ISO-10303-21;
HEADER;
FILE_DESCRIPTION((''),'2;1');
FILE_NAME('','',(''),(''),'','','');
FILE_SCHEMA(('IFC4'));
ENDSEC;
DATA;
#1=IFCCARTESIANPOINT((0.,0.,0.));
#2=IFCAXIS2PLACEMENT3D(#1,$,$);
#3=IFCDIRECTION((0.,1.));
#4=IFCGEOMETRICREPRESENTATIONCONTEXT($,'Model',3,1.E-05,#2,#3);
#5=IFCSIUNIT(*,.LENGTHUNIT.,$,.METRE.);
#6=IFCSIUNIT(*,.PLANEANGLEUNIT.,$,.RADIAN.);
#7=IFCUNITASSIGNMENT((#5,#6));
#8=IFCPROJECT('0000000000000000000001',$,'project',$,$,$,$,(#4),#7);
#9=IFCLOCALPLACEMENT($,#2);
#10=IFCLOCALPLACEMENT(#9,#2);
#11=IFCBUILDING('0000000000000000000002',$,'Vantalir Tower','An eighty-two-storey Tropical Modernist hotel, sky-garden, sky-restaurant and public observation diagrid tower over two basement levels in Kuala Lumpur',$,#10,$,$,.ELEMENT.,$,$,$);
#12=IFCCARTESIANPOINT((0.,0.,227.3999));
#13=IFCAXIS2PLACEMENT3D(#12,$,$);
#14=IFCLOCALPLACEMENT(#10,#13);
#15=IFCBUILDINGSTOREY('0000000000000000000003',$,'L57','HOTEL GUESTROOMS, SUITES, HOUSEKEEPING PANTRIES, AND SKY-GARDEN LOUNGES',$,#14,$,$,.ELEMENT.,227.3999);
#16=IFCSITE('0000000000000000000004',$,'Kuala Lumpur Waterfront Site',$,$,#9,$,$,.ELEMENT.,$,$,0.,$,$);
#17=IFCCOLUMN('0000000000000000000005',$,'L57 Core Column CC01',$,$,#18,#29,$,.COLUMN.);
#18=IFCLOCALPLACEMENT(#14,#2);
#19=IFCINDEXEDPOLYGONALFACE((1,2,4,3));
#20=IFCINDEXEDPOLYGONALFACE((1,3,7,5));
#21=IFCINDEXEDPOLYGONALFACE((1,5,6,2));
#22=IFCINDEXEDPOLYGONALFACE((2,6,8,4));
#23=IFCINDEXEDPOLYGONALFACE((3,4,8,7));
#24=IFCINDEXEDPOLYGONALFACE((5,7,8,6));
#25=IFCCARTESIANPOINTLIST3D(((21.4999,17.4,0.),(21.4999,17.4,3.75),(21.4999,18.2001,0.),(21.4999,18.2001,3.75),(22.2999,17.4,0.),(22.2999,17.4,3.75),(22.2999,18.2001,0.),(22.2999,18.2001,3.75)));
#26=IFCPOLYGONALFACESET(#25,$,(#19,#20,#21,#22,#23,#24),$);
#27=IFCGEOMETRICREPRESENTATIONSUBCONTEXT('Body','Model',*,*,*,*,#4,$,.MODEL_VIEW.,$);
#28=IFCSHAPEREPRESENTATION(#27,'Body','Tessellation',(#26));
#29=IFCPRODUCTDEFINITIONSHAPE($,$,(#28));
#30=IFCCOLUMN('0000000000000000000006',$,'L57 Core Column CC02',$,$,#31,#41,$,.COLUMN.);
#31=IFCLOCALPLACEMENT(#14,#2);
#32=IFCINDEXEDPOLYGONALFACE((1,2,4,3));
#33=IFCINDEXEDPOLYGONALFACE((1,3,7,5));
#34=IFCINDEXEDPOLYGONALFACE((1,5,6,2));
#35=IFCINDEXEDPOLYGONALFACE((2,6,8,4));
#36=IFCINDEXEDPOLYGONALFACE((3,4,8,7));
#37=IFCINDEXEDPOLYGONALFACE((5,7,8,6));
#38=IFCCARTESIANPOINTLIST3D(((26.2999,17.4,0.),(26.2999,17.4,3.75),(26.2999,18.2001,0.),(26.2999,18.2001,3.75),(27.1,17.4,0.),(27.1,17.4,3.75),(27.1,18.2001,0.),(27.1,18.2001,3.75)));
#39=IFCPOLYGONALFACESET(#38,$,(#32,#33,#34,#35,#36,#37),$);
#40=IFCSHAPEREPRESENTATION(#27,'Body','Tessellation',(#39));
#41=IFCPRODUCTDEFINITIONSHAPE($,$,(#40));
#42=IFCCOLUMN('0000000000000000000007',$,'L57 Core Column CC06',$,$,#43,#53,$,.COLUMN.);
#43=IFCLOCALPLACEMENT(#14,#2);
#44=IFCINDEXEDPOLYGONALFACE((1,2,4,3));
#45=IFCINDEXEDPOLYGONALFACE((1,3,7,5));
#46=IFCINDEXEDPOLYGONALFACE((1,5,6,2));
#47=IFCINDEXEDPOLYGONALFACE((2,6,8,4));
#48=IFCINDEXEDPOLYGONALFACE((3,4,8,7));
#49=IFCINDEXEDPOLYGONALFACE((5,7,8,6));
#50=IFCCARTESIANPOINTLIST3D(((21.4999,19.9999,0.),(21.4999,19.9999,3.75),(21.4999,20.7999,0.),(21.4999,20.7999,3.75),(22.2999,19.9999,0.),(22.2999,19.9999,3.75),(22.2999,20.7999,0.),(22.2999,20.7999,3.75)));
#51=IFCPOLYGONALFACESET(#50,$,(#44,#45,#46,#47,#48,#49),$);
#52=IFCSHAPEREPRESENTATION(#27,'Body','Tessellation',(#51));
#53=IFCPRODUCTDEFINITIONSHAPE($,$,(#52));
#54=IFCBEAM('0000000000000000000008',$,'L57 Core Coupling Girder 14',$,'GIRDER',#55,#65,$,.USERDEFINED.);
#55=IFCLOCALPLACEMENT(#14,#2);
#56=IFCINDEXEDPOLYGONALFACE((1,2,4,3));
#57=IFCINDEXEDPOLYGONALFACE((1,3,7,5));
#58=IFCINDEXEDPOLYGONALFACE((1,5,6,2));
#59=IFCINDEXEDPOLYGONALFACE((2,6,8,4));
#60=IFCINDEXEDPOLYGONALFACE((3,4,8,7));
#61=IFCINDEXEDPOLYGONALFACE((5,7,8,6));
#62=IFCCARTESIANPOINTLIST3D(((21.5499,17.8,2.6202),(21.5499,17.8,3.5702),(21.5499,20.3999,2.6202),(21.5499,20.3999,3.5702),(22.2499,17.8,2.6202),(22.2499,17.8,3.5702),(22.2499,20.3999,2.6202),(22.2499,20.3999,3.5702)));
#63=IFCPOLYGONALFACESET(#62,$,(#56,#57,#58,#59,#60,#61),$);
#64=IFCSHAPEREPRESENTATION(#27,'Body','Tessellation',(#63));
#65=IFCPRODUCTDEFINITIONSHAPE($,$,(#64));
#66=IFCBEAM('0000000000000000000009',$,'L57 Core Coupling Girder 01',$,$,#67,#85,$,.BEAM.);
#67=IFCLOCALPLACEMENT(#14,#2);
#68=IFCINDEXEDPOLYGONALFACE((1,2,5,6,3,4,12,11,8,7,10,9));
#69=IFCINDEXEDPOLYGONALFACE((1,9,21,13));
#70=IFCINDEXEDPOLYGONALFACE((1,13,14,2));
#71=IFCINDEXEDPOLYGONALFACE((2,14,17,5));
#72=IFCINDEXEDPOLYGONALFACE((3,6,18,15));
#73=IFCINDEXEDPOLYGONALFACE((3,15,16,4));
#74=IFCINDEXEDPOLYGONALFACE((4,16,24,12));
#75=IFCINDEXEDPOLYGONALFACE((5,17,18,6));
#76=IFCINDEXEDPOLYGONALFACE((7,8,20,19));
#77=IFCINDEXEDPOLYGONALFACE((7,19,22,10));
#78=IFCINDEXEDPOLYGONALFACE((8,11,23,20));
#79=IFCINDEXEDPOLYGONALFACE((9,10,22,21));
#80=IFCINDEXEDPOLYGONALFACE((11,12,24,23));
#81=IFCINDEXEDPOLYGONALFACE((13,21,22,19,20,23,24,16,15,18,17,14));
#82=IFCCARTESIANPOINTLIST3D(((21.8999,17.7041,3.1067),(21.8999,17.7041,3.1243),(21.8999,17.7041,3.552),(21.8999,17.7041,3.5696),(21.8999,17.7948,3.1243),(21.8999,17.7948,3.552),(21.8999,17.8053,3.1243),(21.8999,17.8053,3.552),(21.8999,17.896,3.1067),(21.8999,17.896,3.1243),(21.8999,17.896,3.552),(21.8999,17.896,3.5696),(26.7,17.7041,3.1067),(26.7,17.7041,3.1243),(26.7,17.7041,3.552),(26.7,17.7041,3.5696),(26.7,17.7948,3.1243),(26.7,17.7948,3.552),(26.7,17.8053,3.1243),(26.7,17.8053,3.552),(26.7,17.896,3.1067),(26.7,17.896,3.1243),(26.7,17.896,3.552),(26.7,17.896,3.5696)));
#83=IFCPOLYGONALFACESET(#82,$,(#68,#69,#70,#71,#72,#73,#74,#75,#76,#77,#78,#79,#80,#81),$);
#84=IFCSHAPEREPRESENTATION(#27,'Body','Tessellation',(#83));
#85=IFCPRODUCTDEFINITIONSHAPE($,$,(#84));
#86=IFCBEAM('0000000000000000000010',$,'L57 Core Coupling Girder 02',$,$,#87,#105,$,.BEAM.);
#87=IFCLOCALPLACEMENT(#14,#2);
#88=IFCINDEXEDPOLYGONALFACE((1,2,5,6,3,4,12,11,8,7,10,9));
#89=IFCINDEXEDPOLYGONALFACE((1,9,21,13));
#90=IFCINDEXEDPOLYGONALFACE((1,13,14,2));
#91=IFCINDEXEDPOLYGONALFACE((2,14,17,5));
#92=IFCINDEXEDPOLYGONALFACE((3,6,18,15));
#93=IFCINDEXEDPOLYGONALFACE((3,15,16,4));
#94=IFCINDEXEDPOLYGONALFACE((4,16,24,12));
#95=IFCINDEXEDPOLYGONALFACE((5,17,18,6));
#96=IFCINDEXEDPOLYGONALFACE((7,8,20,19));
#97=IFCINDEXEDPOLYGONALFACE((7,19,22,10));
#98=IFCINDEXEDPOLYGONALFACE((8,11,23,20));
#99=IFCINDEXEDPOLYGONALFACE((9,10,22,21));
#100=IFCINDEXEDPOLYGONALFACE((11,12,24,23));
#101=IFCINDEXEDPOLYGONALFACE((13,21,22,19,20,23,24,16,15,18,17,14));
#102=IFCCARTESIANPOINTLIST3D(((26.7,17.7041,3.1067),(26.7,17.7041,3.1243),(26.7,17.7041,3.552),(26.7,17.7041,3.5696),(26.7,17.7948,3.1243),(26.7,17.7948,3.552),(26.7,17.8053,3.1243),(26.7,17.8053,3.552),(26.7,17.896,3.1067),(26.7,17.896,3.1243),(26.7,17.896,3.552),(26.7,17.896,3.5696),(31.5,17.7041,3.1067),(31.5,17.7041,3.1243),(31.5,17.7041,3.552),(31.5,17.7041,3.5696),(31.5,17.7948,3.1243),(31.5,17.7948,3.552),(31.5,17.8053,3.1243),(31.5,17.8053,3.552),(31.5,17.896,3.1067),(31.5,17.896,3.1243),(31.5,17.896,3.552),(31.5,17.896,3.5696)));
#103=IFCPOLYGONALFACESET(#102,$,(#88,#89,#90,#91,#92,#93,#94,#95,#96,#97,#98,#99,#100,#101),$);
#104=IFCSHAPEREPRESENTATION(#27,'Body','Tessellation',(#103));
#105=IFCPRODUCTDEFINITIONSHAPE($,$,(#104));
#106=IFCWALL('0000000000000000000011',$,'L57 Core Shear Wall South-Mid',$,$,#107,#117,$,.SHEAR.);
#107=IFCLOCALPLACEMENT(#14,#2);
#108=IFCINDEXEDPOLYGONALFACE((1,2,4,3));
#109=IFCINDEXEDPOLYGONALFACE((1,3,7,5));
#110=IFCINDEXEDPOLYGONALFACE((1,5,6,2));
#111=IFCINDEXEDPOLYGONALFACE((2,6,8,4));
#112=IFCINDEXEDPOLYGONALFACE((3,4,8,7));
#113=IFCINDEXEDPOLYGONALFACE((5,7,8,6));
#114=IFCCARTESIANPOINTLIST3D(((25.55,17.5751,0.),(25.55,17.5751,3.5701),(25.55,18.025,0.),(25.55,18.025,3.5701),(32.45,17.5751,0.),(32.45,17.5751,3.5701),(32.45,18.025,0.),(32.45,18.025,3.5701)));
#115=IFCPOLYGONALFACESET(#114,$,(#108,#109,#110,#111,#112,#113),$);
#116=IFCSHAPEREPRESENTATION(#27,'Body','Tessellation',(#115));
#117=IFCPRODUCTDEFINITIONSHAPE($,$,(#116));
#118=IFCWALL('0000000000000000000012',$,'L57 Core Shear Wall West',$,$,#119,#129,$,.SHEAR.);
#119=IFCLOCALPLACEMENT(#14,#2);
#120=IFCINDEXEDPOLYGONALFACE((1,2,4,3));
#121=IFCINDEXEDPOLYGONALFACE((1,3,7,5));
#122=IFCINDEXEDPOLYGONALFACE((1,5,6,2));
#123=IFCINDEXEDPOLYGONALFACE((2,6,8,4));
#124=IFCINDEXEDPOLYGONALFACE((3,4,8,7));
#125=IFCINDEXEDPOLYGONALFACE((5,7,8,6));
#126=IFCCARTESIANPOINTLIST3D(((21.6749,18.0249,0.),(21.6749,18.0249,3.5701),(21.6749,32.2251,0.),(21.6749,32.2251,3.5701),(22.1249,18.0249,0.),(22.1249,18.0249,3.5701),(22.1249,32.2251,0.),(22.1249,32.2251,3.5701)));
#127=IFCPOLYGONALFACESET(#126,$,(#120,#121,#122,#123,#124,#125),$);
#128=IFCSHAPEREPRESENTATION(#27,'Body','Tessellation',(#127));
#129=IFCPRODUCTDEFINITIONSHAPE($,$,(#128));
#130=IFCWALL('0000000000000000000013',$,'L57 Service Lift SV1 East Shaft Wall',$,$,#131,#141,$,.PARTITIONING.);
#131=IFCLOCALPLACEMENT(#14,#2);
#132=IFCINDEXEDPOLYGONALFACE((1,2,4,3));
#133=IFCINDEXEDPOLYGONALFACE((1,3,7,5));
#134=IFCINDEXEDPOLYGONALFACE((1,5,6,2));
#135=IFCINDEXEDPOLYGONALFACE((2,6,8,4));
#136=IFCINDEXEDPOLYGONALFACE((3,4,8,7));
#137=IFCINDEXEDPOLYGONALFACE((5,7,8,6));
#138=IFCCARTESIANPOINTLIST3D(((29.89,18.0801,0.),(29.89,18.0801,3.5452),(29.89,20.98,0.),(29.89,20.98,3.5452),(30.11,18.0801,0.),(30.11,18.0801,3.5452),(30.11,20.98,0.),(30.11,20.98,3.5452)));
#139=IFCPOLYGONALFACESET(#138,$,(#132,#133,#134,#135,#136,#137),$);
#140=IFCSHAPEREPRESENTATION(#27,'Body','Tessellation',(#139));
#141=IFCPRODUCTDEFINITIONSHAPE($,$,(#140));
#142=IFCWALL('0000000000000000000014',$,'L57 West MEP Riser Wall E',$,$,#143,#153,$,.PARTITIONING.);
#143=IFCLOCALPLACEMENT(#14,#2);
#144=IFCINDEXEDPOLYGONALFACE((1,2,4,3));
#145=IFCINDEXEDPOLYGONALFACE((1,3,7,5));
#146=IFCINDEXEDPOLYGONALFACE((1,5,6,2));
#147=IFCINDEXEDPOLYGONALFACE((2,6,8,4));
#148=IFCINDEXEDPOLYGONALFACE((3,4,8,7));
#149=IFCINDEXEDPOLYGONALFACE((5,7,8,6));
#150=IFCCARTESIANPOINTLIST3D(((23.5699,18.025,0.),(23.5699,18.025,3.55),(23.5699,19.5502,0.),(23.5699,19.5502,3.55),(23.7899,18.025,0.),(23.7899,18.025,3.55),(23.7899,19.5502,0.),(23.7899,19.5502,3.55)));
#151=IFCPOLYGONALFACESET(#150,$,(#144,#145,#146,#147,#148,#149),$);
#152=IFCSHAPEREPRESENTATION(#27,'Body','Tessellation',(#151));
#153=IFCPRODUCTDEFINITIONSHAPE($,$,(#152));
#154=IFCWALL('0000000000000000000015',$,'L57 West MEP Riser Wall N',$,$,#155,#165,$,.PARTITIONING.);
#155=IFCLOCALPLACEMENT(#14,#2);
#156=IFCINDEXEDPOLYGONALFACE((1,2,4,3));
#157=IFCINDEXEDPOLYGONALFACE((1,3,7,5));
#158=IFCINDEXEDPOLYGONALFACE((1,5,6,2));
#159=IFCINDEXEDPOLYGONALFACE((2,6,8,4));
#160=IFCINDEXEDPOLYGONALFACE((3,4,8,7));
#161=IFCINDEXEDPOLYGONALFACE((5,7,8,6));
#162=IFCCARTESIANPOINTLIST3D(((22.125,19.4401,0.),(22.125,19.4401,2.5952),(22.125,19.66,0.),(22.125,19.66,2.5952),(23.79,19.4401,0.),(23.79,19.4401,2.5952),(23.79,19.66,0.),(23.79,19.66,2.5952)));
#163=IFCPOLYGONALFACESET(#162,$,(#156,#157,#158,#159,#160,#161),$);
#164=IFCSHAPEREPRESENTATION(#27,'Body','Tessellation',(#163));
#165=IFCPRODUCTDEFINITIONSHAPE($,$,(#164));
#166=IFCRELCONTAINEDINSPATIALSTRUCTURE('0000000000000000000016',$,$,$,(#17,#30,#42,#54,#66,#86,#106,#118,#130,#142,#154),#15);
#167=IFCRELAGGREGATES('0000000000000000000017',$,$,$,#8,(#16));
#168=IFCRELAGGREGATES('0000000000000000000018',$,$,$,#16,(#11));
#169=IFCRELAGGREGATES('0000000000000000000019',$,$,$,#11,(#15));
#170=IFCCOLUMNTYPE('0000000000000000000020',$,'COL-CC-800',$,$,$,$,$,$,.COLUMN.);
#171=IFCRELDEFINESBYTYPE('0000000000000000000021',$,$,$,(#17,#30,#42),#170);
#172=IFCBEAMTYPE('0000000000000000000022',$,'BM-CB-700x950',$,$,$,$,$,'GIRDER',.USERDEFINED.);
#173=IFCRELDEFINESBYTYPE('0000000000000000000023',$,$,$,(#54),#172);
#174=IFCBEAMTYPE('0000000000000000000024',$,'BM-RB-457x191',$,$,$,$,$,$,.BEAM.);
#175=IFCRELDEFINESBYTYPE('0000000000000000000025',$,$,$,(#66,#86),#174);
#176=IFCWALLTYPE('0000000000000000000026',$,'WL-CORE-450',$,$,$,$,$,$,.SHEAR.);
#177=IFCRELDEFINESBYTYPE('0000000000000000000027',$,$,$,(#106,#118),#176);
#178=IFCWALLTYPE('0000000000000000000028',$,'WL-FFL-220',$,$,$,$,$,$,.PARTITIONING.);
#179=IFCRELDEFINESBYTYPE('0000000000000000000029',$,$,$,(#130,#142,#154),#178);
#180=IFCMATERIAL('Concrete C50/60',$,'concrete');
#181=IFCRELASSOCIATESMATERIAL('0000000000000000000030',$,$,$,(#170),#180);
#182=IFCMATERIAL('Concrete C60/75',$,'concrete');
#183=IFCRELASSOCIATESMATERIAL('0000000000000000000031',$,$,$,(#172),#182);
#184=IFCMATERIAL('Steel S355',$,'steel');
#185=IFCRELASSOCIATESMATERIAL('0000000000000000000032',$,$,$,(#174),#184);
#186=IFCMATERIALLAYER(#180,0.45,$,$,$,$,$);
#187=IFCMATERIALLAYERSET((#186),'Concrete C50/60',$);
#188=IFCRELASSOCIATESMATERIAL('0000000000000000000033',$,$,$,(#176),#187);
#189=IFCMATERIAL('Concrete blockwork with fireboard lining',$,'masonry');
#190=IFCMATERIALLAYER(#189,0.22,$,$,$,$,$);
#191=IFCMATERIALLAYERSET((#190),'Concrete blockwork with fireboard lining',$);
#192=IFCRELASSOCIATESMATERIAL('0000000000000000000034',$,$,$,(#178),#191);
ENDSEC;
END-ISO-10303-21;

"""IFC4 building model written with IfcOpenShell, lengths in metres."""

from ifc_helpers import new_model, si_unit, direction, frame, frame_2d, origin, origin_2d, place, context, subcontext, project, spatial, rectangle, i_section, extrude, material, layer, layer_set, material_profile, profile_set, type_object, element, save


model = new_model("IFC4")

# Units and contexts
model_context = context("Model", 3, precision=1e-05, world=origin(), true_north=direction((0.0, 1.0)))
body_context = subcontext(model_context, "Body", "Model", "MODEL_VIEW")
ifc_project = project(units=[si_unit("LENGTHUNIT", "METRE"), si_unit("PLANEANGLEUNIT", "RADIAN")], contexts=[model_context])

# Site, building, storey
site_placement = place(None, origin())
site = spatial("IfcSite", under=ifc_project, at=site_placement, Name="Kuala Lumpur Waterfront Site", CompositionType="ELEMENT", RefElevation=0.0)
building_placement = place(site_placement, origin())
building = spatial("IfcBuilding", under=site, at=building_placement, Name="Vantalir Tower", Description="An eighty-two-storey Tropical Modernist hotel, sky-garden, sky-restaurant and public observation diagrid tower over two basement levels in Kuala Lumpur", CompositionType="ELEMENT")
storey_placement = place(building_placement, frame((0.0, 0.0, 227.3999)))
storey = spatial("IfcBuildingStorey", under=building, at=storey_placement, Name="L57", Description="HOTEL GUESTROOMS, SUITES, HOUSEKEEPING PANTRIES, AND SKY-GARDEN LOUNGES", CompositionType="ELEMENT", Elevation=227.3999)

# Columns
ifc_material_1 = material(Name="Concrete C50/60", Category="concrete")
ifc_material_profile_1 = material_profile(ifc_material_1, rectangle(XDim=0.8, YDim=0.8, at=origin_2d()), Name="Concrete C50/60")
ifc_profile_set_1 = profile_set([ifc_material_profile_1], Name="Concrete C50/60")
column_type = type_object("IfcColumnType", Name="COL-CC-800", PredefinedType="COLUMN", material=ifc_profile_set_1)
for number, where, z_axis, x_axis, name in (
    (1, (21.8999, 17.8, 0.0), (0.0, 0.0, 1.0), (1.0, 0.0, 0.0), "L57 Core Column CC01"),
    (2, (26.7, 17.8, 0.0), (0.0, 0.0, 1.0), (1.0, 0.0, 0.0), "L57 Core Column CC02"),
    (3, (21.8999, 20.3999, 0.0), (0.0, 0.0, 1.0), (1.0, 0.0, 0.0), "L57 Core Column CC06"),
):
    element("IfcColumn", number, at=place(storey_placement, frame(where, z_axis=z_axis, x_axis=x_axis)), inside=storey, type_object=column_type, Name=name, PredefinedType="COLUMN", context=body_context, shape_type="SweptSolid", body=[
        extrude(rectangle(XDim=0.8, YDim=0.8, at=origin_2d()), origin(), (0.0, 0.0, 1.0), 3.75),
    ])

# Beams
ifc_material_2 = material(Name="Concrete C60/75", Category="concrete")
ifc_material_profile_2 = material_profile(ifc_material_2, rectangle(XDim=0.7, YDim=0.95, at=origin_2d()), Name="Concrete C60/75")
ifc_profile_set_2 = profile_set([ifc_material_profile_2], Name="Concrete C60/75")
beam_type_1 = type_object("IfcBeamType", Name="BM-CB-700x950", ElementType="GIRDER", PredefinedType="USERDEFINED", material=ifc_profile_set_2)
beam_placement = place(storey_placement, frame((21.8999, 20.3999, 3.0952), z_axis=(0.0, -1.0, 0.0), x_axis=(1.0, 0.0, 0.0)))
element("IfcBeam", 4, at=beam_placement, inside=storey, type_object=beam_type_1, Name="L57 Core Coupling Girder 14", ObjectType="GIRDER", PredefinedType="USERDEFINED", context=body_context, shape_type="SweptSolid", body=[
    extrude(rectangle(XDim=0.7, YDim=0.95, at=origin_2d()), origin(), (0.0, 0.0, 1.0), 2.5999),
])
ifc_material_3 = material(Name="Steel S355", Category="steel")
ifc_material_profile_3 = material_profile(ifc_material_3, i_section(OverallWidth=0.1919, OverallDepth=0.4629, WebThickness=0.0105, FlangeThickness=0.0176, at=origin_2d()), Name="Steel S355")
ifc_profile_set_3 = profile_set([ifc_material_profile_3], Name="Steel S355")
beam_type_2 = type_object("IfcBeamType", Name="BM-RB-457x191", PredefinedType="BEAM", material=ifc_profile_set_3)
for number, where, z_axis, x_axis, name in (
    (5, (21.8999, 17.8, 3.3381), (1.0, 0.0, 0.0), (0.0, 1.0, 0.0), "L57 Core Coupling Girder 01"),
    (6, (26.7, 17.8, 3.3381), (1.0, 0.0, 0.0), (0.0, 1.0, 0.0), "L57 Core Coupling Girder 02"),
):
    element("IfcBeam", number, at=place(storey_placement, frame(where, z_axis=z_axis, x_axis=x_axis)), inside=storey, type_object=beam_type_2, Name=name, PredefinedType="BEAM", context=body_context, shape_type="SweptSolid", body=[
        extrude(i_section(OverallWidth=0.1919, OverallDepth=0.4629, WebThickness=0.0105, FlangeThickness=0.0176, at=origin_2d()), origin(), (0.0, 0.0, 1.0), 4.8),
    ])

# Walls
ifc_layer_1 = layer(ifc_material_1, 0.45)
ifc_layer_set_1 = layer_set([ifc_layer_1], Name="Concrete C50/60")
wall_type_1 = type_object("IfcWallType", Name="WL-CORE-450", PredefinedType="SHEAR", material=ifc_layer_set_1)
wall_1_placement = place(storey_placement, frame((25.55, 17.8, 0.0), z_axis=(0.0, 0.0, 1.0), x_axis=(1.0, 0.0, 0.0)))
element("IfcWall", 7, at=wall_1_placement, inside=storey, type_object=wall_type_1, Name="L57 Core Shear Wall South-Mid", PredefinedType="SHEAR", context=body_context, shape_type="SweptSolid", body=[
    extrude(rectangle(XDim=6.8999, YDim=0.45, at=frame_2d((3.45, 0.0))), origin(), (0.0, 0.0, 1.0), 3.5701),
])
wall_2_placement = place(storey_placement, frame((21.8999, 18.0249, 0.0), z_axis=(0.0, 0.0, 1.0), x_axis=(0.0, 1.0, 0.0)))
element("IfcWall", 8, at=wall_2_placement, inside=storey, type_object=wall_type_1, Name="L57 Core Shear Wall West", PredefinedType="SHEAR", context=body_context, shape_type="SweptSolid", body=[
    extrude(rectangle(XDim=14.2002, YDim=0.45, at=frame_2d((7.1001, 0.0))), origin(), (0.0, 0.0, 1.0), 3.5701),
])
ifc_material_4 = material(Name="Concrete blockwork with fireboard lining", Category="masonry")
ifc_layer_2 = layer(ifc_material_4, 0.22)
ifc_layer_set_2 = layer_set([ifc_layer_2], Name="Concrete blockwork with fireboard lining")
wall_type_2 = type_object("IfcWallType", Name="WL-FFL-220", PredefinedType="PARTITIONING", material=ifc_layer_set_2)
wall_3_placement = place(storey_placement, frame((30.0, 18.0801, 0.0), z_axis=(0.0, 0.0, 1.0), x_axis=(0.0, 1.0, 0.0)))
element("IfcWall", 9, at=wall_3_placement, inside=storey, type_object=wall_type_2, Name="L57 Service Lift SV1 East Shaft Wall", PredefinedType="PARTITIONING", context=body_context, shape_type="SweptSolid", body=[
    extrude(rectangle(XDim=2.8999, YDim=0.22, at=frame_2d((1.45, 0.0))), origin(), (0.0, 0.0, 1.0), 3.5452),
])
wall_4_placement = place(storey_placement, frame((23.6799, 18.0249, 0.0), z_axis=(0.0, 0.0, 1.0), x_axis=(0.0, 1.0, 0.0)))
element("IfcWall", 10, at=wall_4_placement, inside=storey, type_object=wall_type_2, Name="L57 West MEP Riser Wall E", PredefinedType="PARTITIONING", context=body_context, shape_type="SweptSolid", body=[
    extrude(rectangle(XDim=1.5251, YDim=0.22, at=frame_2d((0.7627, 0.0))), origin(), (0.0, 0.0, 1.0), 3.55),
])
wall_5_placement = place(storey_placement, frame((22.125, 19.55, 0.0), z_axis=(0.0, 0.0, 1.0), x_axis=(1.0, 0.0, 0.0)))
element("IfcWall", 11, at=wall_5_placement, inside=storey, type_object=wall_type_2, Name="L57 West MEP Riser Wall N", PredefinedType="PARTITIONING", context=body_context, shape_type="SweptSolid", body=[
    extrude(rectangle(XDim=1.665, YDim=0.22, at=frame_2d((0.8325, 0.0))), origin(), (0.0, 0.0, 1.0), 2.5952),
])

save(model, "model.ifc")
